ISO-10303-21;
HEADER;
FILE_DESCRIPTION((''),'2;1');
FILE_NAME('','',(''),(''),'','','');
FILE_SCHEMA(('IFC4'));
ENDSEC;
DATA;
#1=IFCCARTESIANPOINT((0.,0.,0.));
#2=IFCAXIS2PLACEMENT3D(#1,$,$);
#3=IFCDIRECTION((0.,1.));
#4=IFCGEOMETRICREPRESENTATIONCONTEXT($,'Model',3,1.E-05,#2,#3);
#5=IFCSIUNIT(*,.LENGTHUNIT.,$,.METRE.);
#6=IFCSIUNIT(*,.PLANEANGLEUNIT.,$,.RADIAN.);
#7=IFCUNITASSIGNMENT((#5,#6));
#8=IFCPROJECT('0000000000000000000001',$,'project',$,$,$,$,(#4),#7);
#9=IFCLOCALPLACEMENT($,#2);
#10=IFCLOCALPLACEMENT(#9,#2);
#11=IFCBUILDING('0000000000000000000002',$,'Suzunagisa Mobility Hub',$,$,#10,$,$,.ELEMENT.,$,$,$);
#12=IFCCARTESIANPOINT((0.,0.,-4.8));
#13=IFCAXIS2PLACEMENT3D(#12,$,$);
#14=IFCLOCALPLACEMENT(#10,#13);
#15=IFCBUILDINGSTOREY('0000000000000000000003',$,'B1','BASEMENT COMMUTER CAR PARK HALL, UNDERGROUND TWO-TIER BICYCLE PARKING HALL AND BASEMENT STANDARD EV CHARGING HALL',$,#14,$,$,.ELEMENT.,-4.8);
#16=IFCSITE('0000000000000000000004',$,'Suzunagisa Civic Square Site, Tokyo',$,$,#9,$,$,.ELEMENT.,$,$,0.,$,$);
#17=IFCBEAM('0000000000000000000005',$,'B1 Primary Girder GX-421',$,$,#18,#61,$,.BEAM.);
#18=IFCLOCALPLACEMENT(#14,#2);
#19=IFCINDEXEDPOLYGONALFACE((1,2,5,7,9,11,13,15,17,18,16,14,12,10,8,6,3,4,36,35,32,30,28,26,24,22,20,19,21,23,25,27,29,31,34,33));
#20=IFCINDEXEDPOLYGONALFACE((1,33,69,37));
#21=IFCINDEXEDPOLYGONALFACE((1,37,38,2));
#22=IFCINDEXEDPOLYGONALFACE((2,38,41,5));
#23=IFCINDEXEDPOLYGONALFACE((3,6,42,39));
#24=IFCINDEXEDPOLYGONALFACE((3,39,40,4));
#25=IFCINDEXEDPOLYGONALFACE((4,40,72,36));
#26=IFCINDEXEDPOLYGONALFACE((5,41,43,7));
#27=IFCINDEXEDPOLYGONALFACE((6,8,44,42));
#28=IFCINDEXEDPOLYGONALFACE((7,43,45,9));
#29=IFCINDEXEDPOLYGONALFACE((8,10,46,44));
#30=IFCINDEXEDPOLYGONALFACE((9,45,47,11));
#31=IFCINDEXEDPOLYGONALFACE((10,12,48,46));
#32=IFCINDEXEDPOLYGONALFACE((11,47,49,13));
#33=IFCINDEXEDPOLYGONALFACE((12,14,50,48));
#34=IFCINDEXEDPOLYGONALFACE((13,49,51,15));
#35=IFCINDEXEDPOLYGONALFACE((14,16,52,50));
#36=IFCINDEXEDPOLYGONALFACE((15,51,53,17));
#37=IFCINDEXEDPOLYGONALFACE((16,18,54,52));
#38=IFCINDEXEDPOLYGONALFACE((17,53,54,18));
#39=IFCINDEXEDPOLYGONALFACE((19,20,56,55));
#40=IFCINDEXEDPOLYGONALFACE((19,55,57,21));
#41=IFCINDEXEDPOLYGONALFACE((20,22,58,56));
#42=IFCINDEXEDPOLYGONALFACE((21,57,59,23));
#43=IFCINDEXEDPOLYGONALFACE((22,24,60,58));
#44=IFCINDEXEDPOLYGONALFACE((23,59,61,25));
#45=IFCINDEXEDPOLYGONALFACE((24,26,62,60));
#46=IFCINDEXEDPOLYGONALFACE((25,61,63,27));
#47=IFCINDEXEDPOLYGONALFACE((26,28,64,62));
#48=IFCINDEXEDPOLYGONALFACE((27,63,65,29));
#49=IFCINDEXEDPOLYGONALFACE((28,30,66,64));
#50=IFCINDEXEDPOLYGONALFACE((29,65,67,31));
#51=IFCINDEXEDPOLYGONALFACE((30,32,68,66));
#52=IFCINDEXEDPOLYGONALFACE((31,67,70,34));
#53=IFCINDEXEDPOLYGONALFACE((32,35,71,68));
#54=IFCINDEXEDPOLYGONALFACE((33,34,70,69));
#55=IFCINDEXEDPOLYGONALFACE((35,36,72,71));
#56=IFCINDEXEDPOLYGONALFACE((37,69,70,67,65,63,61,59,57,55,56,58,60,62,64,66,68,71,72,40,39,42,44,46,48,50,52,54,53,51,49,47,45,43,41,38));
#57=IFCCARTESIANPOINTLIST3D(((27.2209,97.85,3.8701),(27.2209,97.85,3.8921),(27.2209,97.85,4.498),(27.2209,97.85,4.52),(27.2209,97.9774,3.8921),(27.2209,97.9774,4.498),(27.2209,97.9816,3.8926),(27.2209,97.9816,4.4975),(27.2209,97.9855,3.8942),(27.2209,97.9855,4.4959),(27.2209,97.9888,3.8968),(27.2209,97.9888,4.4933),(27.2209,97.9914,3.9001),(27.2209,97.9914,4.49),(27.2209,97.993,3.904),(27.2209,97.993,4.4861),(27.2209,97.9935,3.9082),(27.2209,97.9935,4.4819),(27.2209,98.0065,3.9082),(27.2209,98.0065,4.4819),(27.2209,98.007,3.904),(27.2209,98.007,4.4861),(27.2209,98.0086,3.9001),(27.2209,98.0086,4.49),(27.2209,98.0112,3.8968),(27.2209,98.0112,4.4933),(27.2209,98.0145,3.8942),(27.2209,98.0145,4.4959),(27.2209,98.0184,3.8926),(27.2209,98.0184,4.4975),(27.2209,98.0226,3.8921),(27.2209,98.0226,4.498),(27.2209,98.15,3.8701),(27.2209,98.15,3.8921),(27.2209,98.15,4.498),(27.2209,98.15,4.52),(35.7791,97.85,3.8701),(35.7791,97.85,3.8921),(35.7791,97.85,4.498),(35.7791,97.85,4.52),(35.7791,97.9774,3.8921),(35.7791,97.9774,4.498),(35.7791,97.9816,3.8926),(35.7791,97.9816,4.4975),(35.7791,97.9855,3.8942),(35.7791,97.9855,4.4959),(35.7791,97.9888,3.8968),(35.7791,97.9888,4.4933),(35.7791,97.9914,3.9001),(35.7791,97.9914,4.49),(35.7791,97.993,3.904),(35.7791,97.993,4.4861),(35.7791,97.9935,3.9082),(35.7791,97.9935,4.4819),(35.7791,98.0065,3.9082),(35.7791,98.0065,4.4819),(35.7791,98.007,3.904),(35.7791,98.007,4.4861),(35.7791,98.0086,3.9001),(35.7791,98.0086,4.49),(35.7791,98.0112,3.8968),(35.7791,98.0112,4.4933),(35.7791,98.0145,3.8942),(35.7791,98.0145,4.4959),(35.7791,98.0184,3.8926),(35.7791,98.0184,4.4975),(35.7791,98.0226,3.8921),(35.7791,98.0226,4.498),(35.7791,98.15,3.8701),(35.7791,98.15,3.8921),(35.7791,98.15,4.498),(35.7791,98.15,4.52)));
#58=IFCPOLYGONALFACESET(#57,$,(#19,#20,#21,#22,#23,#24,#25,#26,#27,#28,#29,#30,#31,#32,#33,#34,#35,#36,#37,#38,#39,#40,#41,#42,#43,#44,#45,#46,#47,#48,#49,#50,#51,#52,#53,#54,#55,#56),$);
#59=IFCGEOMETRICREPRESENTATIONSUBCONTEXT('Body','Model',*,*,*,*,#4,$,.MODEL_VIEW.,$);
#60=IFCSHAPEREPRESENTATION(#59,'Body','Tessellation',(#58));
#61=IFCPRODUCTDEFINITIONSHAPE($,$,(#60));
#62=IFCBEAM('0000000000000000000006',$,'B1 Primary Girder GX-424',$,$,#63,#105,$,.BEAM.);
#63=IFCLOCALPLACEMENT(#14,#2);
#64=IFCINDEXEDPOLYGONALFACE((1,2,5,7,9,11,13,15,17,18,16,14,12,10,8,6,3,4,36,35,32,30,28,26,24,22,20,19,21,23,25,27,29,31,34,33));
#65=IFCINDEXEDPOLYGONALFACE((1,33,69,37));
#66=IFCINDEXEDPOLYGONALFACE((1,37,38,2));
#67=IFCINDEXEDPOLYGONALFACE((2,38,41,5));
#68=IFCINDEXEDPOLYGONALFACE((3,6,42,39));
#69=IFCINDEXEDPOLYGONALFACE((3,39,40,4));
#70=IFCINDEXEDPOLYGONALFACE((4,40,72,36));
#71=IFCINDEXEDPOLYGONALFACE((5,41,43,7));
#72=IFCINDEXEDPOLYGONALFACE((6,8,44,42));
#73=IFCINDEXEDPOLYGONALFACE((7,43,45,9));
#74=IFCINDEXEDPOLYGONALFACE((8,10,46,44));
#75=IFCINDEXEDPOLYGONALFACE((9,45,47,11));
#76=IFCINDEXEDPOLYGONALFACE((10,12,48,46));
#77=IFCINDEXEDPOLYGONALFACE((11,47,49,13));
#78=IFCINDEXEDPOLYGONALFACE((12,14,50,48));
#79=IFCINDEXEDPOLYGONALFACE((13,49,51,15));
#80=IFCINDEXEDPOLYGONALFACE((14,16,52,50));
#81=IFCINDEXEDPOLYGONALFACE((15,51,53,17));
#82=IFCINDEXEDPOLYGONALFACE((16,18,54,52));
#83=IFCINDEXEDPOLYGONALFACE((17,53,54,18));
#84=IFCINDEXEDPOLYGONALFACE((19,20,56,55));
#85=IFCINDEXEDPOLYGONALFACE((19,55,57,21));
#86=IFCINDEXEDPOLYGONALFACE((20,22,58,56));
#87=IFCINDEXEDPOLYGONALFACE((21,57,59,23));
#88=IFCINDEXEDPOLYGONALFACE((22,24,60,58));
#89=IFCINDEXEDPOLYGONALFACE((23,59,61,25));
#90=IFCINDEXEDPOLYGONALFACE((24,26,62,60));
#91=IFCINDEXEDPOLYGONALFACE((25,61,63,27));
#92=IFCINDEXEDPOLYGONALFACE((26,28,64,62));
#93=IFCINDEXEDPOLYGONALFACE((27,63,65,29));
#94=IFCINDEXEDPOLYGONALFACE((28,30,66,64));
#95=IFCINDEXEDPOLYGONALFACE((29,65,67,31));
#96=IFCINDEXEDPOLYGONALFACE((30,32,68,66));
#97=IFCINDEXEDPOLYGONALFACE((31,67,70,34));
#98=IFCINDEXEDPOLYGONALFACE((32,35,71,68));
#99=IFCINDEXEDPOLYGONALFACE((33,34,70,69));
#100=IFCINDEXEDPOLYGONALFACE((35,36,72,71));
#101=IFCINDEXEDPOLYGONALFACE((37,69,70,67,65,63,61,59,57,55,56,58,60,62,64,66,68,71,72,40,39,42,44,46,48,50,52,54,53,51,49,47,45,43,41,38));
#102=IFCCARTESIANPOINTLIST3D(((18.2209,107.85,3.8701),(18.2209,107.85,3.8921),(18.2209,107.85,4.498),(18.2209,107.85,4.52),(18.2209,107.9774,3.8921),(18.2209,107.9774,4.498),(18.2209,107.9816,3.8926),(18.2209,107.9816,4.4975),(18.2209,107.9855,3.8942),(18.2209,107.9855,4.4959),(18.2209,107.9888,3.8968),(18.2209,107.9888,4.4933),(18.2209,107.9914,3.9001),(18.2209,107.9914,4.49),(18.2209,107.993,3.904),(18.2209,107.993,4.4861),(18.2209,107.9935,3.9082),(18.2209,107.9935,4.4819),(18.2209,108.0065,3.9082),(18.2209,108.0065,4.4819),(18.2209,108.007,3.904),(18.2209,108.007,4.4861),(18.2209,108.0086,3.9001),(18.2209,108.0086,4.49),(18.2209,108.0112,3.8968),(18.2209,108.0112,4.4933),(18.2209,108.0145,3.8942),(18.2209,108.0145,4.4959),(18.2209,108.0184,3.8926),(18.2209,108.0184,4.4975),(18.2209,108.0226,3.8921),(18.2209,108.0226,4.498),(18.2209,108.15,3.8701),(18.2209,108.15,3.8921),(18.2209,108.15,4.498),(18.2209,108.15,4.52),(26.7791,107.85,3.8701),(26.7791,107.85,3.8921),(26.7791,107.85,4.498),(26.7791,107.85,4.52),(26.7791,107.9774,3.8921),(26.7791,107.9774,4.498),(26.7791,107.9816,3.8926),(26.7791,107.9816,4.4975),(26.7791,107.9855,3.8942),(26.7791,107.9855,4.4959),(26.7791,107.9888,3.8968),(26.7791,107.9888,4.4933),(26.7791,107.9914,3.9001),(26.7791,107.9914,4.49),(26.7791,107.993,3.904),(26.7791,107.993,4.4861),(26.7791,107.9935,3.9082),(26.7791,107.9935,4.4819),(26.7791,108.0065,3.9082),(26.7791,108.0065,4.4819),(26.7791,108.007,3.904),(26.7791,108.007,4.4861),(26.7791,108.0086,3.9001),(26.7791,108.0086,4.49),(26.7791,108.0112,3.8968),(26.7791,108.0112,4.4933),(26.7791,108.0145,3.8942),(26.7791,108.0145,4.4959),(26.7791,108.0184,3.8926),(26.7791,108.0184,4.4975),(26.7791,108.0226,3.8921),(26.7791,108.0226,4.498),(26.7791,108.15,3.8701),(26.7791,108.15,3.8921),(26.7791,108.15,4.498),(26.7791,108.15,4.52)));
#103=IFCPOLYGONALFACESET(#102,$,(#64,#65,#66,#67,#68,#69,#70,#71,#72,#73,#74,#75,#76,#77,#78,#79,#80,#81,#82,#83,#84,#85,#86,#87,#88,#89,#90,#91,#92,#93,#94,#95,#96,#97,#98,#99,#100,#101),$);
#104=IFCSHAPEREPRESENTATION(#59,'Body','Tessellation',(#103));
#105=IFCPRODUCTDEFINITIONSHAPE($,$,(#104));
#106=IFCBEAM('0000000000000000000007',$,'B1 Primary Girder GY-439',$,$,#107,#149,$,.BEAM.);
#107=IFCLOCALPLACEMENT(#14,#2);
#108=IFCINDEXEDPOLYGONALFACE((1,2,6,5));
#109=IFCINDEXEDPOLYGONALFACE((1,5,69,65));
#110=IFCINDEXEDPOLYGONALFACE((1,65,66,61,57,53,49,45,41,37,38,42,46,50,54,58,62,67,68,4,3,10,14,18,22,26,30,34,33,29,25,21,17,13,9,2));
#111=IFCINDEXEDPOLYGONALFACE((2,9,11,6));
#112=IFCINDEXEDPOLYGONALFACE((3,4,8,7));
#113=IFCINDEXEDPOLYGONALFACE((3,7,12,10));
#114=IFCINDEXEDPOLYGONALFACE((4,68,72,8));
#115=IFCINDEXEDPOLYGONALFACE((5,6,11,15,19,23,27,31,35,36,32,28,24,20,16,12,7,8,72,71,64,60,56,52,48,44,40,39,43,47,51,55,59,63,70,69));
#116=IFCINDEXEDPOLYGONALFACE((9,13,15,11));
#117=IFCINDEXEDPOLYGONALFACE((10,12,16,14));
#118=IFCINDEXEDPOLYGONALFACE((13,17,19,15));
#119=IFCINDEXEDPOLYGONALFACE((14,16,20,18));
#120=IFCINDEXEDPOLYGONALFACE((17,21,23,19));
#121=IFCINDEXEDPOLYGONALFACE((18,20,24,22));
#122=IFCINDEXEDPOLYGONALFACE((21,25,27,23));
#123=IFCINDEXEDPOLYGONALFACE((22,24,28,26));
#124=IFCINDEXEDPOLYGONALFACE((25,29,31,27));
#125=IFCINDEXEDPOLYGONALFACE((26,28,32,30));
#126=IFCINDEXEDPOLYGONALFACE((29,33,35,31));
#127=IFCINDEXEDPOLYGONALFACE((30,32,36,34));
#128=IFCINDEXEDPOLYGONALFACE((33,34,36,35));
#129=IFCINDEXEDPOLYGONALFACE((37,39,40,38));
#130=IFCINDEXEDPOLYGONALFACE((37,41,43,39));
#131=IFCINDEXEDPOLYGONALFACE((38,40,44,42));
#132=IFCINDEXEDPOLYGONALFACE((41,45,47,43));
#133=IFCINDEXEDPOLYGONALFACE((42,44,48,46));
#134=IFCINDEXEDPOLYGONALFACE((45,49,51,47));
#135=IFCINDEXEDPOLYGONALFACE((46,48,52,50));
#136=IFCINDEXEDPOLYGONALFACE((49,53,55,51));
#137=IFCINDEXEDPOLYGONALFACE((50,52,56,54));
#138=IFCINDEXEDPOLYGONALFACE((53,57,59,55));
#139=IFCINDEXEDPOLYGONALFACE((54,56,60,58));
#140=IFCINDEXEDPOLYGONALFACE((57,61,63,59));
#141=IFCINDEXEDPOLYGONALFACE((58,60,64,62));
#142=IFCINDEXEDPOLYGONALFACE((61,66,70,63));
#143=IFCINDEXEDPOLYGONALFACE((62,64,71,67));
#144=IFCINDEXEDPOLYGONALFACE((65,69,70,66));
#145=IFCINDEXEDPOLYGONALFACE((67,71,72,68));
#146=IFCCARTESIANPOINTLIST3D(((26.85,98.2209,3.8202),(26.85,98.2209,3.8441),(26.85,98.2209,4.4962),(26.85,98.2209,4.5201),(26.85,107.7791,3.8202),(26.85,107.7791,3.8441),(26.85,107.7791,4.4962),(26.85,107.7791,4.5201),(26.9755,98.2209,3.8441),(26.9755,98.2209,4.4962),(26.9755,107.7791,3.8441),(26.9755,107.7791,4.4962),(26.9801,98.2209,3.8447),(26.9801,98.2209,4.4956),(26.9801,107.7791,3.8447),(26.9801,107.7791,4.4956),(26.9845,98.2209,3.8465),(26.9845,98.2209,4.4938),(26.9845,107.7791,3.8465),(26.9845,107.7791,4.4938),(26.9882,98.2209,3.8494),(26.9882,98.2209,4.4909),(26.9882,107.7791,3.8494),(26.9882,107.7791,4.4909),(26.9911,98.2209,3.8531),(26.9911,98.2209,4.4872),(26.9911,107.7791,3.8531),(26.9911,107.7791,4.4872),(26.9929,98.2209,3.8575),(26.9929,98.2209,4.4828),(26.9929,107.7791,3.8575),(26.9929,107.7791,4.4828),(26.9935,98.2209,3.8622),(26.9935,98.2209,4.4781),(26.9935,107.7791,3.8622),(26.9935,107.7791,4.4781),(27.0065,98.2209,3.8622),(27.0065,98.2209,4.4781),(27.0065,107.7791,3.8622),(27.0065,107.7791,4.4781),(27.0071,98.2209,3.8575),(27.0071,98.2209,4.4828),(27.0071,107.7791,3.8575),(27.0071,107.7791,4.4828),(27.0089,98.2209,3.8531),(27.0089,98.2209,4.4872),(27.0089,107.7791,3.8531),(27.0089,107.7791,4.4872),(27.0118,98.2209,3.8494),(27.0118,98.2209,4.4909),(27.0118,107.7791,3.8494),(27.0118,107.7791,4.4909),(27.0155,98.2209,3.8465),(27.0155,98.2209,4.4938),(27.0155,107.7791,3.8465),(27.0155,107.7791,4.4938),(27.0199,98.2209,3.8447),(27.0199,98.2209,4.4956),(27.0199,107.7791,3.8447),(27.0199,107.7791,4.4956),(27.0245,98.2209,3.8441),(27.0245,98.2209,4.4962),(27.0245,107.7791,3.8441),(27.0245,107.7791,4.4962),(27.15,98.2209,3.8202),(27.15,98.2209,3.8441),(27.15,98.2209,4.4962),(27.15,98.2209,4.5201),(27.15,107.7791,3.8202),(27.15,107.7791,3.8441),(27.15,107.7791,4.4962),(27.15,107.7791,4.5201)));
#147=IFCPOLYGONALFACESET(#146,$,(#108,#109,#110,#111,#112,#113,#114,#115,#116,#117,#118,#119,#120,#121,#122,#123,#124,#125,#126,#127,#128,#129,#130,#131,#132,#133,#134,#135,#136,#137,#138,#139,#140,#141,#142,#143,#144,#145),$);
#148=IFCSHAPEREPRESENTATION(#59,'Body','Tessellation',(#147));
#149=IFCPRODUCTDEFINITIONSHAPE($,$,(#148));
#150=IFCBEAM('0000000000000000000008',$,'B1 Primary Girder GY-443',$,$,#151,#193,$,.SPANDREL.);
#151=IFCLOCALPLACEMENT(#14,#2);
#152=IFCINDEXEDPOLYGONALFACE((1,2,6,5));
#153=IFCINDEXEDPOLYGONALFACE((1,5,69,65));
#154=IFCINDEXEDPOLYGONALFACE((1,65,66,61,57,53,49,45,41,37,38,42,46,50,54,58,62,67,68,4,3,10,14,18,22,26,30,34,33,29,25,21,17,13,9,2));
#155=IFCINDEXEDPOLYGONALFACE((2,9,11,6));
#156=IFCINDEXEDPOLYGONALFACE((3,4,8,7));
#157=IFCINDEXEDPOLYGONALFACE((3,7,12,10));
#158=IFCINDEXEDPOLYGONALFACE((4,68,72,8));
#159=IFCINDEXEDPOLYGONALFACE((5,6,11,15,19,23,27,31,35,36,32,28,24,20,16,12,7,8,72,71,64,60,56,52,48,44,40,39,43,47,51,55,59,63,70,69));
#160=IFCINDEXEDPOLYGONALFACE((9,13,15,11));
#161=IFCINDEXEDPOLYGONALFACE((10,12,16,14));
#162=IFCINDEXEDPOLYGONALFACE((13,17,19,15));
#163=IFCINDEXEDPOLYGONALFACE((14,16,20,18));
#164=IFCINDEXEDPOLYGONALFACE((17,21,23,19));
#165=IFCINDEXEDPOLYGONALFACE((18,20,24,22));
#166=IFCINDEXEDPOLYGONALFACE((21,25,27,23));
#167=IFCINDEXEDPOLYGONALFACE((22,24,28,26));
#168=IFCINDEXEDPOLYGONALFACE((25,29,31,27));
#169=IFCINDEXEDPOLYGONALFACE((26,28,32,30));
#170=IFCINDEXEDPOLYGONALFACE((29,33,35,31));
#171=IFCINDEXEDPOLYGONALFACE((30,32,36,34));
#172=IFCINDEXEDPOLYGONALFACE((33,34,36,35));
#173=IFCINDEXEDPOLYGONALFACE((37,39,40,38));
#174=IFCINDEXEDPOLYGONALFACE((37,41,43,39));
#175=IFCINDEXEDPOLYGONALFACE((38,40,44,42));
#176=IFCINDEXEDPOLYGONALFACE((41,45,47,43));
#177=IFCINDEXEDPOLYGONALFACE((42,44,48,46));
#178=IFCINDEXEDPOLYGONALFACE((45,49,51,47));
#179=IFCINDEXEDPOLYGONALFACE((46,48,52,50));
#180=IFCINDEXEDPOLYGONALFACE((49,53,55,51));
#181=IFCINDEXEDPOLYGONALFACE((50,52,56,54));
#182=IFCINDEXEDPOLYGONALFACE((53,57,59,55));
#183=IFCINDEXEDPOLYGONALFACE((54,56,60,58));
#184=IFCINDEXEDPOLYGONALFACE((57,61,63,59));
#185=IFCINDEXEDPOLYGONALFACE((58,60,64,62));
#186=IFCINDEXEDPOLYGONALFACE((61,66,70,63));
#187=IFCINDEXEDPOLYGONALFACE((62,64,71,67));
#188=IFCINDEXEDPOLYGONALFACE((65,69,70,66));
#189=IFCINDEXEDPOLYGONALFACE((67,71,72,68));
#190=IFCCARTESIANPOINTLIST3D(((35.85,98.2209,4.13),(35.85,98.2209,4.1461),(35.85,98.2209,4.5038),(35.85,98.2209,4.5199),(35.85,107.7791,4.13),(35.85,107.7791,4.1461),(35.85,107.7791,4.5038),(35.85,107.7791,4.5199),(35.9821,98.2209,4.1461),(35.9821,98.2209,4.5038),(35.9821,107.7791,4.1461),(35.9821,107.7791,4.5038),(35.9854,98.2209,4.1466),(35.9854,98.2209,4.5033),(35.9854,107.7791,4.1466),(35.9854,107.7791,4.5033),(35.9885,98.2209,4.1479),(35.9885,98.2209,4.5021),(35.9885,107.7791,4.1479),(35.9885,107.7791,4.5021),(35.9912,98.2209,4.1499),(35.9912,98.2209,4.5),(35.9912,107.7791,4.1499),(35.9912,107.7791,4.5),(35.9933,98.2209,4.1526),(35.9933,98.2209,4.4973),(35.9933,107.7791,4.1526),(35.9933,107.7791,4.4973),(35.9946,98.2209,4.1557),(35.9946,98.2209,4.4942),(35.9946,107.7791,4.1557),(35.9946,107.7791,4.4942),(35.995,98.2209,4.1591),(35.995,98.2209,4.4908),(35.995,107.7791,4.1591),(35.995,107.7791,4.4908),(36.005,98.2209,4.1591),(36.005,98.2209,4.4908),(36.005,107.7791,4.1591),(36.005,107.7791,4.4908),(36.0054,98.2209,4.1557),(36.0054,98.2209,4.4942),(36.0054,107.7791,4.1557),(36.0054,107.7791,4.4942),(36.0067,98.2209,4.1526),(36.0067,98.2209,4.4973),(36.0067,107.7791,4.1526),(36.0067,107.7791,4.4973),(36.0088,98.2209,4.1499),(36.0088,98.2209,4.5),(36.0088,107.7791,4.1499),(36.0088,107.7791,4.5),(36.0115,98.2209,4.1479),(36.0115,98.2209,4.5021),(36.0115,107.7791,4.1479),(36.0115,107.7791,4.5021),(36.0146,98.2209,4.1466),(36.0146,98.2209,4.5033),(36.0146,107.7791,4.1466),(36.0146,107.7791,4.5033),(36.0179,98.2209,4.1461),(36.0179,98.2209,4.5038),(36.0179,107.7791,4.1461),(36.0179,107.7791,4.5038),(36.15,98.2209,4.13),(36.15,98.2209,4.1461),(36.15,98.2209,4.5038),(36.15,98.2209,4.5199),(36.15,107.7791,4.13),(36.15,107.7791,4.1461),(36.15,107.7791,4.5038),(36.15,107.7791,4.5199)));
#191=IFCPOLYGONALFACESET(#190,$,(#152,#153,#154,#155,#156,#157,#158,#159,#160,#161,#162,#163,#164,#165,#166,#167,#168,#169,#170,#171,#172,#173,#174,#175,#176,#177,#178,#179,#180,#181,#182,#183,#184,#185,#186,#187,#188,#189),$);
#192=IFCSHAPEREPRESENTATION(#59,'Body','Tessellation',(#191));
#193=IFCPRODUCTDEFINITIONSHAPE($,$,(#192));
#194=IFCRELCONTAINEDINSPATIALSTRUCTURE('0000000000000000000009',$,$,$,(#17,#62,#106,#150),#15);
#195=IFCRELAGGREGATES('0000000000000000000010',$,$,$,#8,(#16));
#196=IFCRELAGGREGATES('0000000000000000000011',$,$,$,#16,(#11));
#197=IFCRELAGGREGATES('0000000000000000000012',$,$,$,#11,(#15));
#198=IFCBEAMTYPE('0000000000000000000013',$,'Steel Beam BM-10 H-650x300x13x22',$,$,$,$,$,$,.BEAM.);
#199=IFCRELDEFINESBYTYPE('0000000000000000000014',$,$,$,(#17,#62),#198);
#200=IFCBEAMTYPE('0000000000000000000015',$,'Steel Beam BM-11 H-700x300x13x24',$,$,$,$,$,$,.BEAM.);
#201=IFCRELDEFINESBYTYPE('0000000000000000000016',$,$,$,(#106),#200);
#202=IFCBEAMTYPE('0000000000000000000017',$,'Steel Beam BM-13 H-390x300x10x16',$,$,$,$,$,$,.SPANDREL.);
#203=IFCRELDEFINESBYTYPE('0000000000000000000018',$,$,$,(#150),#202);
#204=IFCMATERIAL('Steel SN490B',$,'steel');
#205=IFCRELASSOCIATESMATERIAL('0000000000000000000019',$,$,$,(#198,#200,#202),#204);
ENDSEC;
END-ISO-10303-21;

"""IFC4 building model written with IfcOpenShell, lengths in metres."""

from ifc_helpers import new_model, si_unit, direction, frame, origin, origin_2d, place, context, subcontext, project, spatial, i_section, extrude, material, material_profile, profile_set, type_object, element, save


model = new_model("IFC4")

# Units and contexts
model_context = context("Model", 3, precision=1e-05, world=origin(), true_north=direction((0.0, 1.0)))
body_context = subcontext(model_context, "Body", "Model", "MODEL_VIEW")
ifc_project = project(units=[si_unit("LENGTHUNIT", "METRE"), si_unit("PLANEANGLEUNIT", "RADIAN")], contexts=[model_context])

# Site, building, storey
site_placement = place(None, origin())
site = spatial("IfcSite", under=ifc_project, at=site_placement, Name="Suzunagisa Civic Square Site, Tokyo", CompositionType="ELEMENT", RefElevation=0.0)
building_placement = place(site_placement, origin())
building = spatial("IfcBuilding", under=site, at=building_placement, Name="Suzunagisa Mobility Hub", CompositionType="ELEMENT")
storey_placement = place(building_placement, frame((0.0, 0.0, -4.8)))
storey = spatial("IfcBuildingStorey", under=building, at=storey_placement, Name="B1", Description="BASEMENT COMMUTER CAR PARK HALL, UNDERGROUND TWO-TIER BICYCLE PARKING HALL AND BASEMENT STANDARD EV CHARGING HALL", CompositionType="ELEMENT", Elevation=-4.8)

# Shared definitions
ifc_material_1 = material(Name="Steel SN490B", Category="steel")

# Beams
ifc_material_profile_1 = material_profile(ifc_material_1, i_section(OverallWidth=0.3, OverallDepth=0.6499, WebThickness=0.0129, FlangeThickness=0.022, FilletRadius=0.0161, at=origin_2d()), Name="H-650x300x13x22")
ifc_profile_set_1 = profile_set([ifc_material_profile_1], Name="Steel SN490B")
beam_type_1 = type_object("IfcBeamType", Name="Steel Beam BM-10 H-650x300x13x22", PredefinedType="BEAM", material=ifc_profile_set_1)
for number, where, z_axis, x_axis, name in (
    (1, (27.2209, 98.0, 4.1951), (1.0, 0.0, 0.0), (0.0, 1.0, 0.0), "B1 Primary Girder GX-421"),
    (2, (18.2209, 108.0, 4.1951), (1.0, 0.0, 0.0), (0.0, 1.0, 0.0), "B1 Primary Girder GX-424"),
):
    element("IfcBeam", number, at=place(storey_placement, frame(where, z_axis=z_axis, x_axis=x_axis)), inside=storey, type_object=beam_type_1, Name=name, PredefinedType="BEAM", context=body_context, shape_type="SweptSolid", body=[
        extrude(i_section(OverallWidth=0.3, OverallDepth=0.6499, WebThickness=0.0129, FlangeThickness=0.022, FilletRadius=0.0161, at=origin_2d()), origin(), (0.0, 0.0, 1.0), 8.5581),
    ])
ifc_material_profile_2 = material_profile(ifc_material_1, i_section(OverallWidth=0.3, OverallDepth=0.7, WebThickness=0.0129, FlangeThickness=0.0239, FilletRadius=0.0181, at=origin_2d()), Name="H-700x300x13x24")
ifc_profile_set_2 = profile_set([ifc_material_profile_2], Name="Steel SN490B")
beam_type_2 = type_object("IfcBeamType", Name="Steel Beam BM-11 H-700x300x13x24", PredefinedType="BEAM", material=ifc_profile_set_2)
beam_1_placement = place(storey_placement, frame((27.0, 98.2209, 4.1702), z_axis=(0.0, 1.0, 0.0), x_axis=(-1.0, 0.0, 0.0)))
element("IfcBeam", 3, at=beam_1_placement, inside=storey, type_object=beam_type_2, Name="B1 Primary Girder GY-439", PredefinedType="BEAM", context=body_context, shape_type="SweptSolid", body=[
    extrude(i_section(OverallWidth=0.3, OverallDepth=0.7, WebThickness=0.0129, FlangeThickness=0.0239, FilletRadius=0.0181, at=origin_2d()), origin(), (0.0, 0.0, 1.0), 9.5581),
])
ifc_material_profile_3 = material_profile(ifc_material_1, i_section(OverallWidth=0.3, OverallDepth=0.3899, WebThickness=0.01, FlangeThickness=0.0161, FilletRadius=0.0129, at=origin_2d()), Name="H-390x300x10x16")
ifc_profile_set_3 = profile_set([ifc_material_profile_3], Name="Steel SN490B")
beam_type_3 = type_object("IfcBeamType", Name="Steel Beam BM-13 H-390x300x10x16", PredefinedType="SPANDREL", material=ifc_profile_set_3)
beam_2_placement = place(storey_placement, frame((36.0, 98.2209, 4.325), z_axis=(0.0, 1.0, 0.0), x_axis=(-1.0, 0.0, 0.0)))
element("IfcBeam", 4, at=beam_2_placement, inside=storey, type_object=beam_type_3, Name="B1 Primary Girder GY-443", PredefinedType="SPANDREL", context=body_context, shape_type="SweptSolid", body=[
    extrude(i_section(OverallWidth=0.3, OverallDepth=0.3899, WebThickness=0.01, FlangeThickness=0.0161, FilletRadius=0.0129, at=origin_2d()), origin(), (0.0, 0.0, 1.0), 9.5581),
])

save(model, "model.ifc")
